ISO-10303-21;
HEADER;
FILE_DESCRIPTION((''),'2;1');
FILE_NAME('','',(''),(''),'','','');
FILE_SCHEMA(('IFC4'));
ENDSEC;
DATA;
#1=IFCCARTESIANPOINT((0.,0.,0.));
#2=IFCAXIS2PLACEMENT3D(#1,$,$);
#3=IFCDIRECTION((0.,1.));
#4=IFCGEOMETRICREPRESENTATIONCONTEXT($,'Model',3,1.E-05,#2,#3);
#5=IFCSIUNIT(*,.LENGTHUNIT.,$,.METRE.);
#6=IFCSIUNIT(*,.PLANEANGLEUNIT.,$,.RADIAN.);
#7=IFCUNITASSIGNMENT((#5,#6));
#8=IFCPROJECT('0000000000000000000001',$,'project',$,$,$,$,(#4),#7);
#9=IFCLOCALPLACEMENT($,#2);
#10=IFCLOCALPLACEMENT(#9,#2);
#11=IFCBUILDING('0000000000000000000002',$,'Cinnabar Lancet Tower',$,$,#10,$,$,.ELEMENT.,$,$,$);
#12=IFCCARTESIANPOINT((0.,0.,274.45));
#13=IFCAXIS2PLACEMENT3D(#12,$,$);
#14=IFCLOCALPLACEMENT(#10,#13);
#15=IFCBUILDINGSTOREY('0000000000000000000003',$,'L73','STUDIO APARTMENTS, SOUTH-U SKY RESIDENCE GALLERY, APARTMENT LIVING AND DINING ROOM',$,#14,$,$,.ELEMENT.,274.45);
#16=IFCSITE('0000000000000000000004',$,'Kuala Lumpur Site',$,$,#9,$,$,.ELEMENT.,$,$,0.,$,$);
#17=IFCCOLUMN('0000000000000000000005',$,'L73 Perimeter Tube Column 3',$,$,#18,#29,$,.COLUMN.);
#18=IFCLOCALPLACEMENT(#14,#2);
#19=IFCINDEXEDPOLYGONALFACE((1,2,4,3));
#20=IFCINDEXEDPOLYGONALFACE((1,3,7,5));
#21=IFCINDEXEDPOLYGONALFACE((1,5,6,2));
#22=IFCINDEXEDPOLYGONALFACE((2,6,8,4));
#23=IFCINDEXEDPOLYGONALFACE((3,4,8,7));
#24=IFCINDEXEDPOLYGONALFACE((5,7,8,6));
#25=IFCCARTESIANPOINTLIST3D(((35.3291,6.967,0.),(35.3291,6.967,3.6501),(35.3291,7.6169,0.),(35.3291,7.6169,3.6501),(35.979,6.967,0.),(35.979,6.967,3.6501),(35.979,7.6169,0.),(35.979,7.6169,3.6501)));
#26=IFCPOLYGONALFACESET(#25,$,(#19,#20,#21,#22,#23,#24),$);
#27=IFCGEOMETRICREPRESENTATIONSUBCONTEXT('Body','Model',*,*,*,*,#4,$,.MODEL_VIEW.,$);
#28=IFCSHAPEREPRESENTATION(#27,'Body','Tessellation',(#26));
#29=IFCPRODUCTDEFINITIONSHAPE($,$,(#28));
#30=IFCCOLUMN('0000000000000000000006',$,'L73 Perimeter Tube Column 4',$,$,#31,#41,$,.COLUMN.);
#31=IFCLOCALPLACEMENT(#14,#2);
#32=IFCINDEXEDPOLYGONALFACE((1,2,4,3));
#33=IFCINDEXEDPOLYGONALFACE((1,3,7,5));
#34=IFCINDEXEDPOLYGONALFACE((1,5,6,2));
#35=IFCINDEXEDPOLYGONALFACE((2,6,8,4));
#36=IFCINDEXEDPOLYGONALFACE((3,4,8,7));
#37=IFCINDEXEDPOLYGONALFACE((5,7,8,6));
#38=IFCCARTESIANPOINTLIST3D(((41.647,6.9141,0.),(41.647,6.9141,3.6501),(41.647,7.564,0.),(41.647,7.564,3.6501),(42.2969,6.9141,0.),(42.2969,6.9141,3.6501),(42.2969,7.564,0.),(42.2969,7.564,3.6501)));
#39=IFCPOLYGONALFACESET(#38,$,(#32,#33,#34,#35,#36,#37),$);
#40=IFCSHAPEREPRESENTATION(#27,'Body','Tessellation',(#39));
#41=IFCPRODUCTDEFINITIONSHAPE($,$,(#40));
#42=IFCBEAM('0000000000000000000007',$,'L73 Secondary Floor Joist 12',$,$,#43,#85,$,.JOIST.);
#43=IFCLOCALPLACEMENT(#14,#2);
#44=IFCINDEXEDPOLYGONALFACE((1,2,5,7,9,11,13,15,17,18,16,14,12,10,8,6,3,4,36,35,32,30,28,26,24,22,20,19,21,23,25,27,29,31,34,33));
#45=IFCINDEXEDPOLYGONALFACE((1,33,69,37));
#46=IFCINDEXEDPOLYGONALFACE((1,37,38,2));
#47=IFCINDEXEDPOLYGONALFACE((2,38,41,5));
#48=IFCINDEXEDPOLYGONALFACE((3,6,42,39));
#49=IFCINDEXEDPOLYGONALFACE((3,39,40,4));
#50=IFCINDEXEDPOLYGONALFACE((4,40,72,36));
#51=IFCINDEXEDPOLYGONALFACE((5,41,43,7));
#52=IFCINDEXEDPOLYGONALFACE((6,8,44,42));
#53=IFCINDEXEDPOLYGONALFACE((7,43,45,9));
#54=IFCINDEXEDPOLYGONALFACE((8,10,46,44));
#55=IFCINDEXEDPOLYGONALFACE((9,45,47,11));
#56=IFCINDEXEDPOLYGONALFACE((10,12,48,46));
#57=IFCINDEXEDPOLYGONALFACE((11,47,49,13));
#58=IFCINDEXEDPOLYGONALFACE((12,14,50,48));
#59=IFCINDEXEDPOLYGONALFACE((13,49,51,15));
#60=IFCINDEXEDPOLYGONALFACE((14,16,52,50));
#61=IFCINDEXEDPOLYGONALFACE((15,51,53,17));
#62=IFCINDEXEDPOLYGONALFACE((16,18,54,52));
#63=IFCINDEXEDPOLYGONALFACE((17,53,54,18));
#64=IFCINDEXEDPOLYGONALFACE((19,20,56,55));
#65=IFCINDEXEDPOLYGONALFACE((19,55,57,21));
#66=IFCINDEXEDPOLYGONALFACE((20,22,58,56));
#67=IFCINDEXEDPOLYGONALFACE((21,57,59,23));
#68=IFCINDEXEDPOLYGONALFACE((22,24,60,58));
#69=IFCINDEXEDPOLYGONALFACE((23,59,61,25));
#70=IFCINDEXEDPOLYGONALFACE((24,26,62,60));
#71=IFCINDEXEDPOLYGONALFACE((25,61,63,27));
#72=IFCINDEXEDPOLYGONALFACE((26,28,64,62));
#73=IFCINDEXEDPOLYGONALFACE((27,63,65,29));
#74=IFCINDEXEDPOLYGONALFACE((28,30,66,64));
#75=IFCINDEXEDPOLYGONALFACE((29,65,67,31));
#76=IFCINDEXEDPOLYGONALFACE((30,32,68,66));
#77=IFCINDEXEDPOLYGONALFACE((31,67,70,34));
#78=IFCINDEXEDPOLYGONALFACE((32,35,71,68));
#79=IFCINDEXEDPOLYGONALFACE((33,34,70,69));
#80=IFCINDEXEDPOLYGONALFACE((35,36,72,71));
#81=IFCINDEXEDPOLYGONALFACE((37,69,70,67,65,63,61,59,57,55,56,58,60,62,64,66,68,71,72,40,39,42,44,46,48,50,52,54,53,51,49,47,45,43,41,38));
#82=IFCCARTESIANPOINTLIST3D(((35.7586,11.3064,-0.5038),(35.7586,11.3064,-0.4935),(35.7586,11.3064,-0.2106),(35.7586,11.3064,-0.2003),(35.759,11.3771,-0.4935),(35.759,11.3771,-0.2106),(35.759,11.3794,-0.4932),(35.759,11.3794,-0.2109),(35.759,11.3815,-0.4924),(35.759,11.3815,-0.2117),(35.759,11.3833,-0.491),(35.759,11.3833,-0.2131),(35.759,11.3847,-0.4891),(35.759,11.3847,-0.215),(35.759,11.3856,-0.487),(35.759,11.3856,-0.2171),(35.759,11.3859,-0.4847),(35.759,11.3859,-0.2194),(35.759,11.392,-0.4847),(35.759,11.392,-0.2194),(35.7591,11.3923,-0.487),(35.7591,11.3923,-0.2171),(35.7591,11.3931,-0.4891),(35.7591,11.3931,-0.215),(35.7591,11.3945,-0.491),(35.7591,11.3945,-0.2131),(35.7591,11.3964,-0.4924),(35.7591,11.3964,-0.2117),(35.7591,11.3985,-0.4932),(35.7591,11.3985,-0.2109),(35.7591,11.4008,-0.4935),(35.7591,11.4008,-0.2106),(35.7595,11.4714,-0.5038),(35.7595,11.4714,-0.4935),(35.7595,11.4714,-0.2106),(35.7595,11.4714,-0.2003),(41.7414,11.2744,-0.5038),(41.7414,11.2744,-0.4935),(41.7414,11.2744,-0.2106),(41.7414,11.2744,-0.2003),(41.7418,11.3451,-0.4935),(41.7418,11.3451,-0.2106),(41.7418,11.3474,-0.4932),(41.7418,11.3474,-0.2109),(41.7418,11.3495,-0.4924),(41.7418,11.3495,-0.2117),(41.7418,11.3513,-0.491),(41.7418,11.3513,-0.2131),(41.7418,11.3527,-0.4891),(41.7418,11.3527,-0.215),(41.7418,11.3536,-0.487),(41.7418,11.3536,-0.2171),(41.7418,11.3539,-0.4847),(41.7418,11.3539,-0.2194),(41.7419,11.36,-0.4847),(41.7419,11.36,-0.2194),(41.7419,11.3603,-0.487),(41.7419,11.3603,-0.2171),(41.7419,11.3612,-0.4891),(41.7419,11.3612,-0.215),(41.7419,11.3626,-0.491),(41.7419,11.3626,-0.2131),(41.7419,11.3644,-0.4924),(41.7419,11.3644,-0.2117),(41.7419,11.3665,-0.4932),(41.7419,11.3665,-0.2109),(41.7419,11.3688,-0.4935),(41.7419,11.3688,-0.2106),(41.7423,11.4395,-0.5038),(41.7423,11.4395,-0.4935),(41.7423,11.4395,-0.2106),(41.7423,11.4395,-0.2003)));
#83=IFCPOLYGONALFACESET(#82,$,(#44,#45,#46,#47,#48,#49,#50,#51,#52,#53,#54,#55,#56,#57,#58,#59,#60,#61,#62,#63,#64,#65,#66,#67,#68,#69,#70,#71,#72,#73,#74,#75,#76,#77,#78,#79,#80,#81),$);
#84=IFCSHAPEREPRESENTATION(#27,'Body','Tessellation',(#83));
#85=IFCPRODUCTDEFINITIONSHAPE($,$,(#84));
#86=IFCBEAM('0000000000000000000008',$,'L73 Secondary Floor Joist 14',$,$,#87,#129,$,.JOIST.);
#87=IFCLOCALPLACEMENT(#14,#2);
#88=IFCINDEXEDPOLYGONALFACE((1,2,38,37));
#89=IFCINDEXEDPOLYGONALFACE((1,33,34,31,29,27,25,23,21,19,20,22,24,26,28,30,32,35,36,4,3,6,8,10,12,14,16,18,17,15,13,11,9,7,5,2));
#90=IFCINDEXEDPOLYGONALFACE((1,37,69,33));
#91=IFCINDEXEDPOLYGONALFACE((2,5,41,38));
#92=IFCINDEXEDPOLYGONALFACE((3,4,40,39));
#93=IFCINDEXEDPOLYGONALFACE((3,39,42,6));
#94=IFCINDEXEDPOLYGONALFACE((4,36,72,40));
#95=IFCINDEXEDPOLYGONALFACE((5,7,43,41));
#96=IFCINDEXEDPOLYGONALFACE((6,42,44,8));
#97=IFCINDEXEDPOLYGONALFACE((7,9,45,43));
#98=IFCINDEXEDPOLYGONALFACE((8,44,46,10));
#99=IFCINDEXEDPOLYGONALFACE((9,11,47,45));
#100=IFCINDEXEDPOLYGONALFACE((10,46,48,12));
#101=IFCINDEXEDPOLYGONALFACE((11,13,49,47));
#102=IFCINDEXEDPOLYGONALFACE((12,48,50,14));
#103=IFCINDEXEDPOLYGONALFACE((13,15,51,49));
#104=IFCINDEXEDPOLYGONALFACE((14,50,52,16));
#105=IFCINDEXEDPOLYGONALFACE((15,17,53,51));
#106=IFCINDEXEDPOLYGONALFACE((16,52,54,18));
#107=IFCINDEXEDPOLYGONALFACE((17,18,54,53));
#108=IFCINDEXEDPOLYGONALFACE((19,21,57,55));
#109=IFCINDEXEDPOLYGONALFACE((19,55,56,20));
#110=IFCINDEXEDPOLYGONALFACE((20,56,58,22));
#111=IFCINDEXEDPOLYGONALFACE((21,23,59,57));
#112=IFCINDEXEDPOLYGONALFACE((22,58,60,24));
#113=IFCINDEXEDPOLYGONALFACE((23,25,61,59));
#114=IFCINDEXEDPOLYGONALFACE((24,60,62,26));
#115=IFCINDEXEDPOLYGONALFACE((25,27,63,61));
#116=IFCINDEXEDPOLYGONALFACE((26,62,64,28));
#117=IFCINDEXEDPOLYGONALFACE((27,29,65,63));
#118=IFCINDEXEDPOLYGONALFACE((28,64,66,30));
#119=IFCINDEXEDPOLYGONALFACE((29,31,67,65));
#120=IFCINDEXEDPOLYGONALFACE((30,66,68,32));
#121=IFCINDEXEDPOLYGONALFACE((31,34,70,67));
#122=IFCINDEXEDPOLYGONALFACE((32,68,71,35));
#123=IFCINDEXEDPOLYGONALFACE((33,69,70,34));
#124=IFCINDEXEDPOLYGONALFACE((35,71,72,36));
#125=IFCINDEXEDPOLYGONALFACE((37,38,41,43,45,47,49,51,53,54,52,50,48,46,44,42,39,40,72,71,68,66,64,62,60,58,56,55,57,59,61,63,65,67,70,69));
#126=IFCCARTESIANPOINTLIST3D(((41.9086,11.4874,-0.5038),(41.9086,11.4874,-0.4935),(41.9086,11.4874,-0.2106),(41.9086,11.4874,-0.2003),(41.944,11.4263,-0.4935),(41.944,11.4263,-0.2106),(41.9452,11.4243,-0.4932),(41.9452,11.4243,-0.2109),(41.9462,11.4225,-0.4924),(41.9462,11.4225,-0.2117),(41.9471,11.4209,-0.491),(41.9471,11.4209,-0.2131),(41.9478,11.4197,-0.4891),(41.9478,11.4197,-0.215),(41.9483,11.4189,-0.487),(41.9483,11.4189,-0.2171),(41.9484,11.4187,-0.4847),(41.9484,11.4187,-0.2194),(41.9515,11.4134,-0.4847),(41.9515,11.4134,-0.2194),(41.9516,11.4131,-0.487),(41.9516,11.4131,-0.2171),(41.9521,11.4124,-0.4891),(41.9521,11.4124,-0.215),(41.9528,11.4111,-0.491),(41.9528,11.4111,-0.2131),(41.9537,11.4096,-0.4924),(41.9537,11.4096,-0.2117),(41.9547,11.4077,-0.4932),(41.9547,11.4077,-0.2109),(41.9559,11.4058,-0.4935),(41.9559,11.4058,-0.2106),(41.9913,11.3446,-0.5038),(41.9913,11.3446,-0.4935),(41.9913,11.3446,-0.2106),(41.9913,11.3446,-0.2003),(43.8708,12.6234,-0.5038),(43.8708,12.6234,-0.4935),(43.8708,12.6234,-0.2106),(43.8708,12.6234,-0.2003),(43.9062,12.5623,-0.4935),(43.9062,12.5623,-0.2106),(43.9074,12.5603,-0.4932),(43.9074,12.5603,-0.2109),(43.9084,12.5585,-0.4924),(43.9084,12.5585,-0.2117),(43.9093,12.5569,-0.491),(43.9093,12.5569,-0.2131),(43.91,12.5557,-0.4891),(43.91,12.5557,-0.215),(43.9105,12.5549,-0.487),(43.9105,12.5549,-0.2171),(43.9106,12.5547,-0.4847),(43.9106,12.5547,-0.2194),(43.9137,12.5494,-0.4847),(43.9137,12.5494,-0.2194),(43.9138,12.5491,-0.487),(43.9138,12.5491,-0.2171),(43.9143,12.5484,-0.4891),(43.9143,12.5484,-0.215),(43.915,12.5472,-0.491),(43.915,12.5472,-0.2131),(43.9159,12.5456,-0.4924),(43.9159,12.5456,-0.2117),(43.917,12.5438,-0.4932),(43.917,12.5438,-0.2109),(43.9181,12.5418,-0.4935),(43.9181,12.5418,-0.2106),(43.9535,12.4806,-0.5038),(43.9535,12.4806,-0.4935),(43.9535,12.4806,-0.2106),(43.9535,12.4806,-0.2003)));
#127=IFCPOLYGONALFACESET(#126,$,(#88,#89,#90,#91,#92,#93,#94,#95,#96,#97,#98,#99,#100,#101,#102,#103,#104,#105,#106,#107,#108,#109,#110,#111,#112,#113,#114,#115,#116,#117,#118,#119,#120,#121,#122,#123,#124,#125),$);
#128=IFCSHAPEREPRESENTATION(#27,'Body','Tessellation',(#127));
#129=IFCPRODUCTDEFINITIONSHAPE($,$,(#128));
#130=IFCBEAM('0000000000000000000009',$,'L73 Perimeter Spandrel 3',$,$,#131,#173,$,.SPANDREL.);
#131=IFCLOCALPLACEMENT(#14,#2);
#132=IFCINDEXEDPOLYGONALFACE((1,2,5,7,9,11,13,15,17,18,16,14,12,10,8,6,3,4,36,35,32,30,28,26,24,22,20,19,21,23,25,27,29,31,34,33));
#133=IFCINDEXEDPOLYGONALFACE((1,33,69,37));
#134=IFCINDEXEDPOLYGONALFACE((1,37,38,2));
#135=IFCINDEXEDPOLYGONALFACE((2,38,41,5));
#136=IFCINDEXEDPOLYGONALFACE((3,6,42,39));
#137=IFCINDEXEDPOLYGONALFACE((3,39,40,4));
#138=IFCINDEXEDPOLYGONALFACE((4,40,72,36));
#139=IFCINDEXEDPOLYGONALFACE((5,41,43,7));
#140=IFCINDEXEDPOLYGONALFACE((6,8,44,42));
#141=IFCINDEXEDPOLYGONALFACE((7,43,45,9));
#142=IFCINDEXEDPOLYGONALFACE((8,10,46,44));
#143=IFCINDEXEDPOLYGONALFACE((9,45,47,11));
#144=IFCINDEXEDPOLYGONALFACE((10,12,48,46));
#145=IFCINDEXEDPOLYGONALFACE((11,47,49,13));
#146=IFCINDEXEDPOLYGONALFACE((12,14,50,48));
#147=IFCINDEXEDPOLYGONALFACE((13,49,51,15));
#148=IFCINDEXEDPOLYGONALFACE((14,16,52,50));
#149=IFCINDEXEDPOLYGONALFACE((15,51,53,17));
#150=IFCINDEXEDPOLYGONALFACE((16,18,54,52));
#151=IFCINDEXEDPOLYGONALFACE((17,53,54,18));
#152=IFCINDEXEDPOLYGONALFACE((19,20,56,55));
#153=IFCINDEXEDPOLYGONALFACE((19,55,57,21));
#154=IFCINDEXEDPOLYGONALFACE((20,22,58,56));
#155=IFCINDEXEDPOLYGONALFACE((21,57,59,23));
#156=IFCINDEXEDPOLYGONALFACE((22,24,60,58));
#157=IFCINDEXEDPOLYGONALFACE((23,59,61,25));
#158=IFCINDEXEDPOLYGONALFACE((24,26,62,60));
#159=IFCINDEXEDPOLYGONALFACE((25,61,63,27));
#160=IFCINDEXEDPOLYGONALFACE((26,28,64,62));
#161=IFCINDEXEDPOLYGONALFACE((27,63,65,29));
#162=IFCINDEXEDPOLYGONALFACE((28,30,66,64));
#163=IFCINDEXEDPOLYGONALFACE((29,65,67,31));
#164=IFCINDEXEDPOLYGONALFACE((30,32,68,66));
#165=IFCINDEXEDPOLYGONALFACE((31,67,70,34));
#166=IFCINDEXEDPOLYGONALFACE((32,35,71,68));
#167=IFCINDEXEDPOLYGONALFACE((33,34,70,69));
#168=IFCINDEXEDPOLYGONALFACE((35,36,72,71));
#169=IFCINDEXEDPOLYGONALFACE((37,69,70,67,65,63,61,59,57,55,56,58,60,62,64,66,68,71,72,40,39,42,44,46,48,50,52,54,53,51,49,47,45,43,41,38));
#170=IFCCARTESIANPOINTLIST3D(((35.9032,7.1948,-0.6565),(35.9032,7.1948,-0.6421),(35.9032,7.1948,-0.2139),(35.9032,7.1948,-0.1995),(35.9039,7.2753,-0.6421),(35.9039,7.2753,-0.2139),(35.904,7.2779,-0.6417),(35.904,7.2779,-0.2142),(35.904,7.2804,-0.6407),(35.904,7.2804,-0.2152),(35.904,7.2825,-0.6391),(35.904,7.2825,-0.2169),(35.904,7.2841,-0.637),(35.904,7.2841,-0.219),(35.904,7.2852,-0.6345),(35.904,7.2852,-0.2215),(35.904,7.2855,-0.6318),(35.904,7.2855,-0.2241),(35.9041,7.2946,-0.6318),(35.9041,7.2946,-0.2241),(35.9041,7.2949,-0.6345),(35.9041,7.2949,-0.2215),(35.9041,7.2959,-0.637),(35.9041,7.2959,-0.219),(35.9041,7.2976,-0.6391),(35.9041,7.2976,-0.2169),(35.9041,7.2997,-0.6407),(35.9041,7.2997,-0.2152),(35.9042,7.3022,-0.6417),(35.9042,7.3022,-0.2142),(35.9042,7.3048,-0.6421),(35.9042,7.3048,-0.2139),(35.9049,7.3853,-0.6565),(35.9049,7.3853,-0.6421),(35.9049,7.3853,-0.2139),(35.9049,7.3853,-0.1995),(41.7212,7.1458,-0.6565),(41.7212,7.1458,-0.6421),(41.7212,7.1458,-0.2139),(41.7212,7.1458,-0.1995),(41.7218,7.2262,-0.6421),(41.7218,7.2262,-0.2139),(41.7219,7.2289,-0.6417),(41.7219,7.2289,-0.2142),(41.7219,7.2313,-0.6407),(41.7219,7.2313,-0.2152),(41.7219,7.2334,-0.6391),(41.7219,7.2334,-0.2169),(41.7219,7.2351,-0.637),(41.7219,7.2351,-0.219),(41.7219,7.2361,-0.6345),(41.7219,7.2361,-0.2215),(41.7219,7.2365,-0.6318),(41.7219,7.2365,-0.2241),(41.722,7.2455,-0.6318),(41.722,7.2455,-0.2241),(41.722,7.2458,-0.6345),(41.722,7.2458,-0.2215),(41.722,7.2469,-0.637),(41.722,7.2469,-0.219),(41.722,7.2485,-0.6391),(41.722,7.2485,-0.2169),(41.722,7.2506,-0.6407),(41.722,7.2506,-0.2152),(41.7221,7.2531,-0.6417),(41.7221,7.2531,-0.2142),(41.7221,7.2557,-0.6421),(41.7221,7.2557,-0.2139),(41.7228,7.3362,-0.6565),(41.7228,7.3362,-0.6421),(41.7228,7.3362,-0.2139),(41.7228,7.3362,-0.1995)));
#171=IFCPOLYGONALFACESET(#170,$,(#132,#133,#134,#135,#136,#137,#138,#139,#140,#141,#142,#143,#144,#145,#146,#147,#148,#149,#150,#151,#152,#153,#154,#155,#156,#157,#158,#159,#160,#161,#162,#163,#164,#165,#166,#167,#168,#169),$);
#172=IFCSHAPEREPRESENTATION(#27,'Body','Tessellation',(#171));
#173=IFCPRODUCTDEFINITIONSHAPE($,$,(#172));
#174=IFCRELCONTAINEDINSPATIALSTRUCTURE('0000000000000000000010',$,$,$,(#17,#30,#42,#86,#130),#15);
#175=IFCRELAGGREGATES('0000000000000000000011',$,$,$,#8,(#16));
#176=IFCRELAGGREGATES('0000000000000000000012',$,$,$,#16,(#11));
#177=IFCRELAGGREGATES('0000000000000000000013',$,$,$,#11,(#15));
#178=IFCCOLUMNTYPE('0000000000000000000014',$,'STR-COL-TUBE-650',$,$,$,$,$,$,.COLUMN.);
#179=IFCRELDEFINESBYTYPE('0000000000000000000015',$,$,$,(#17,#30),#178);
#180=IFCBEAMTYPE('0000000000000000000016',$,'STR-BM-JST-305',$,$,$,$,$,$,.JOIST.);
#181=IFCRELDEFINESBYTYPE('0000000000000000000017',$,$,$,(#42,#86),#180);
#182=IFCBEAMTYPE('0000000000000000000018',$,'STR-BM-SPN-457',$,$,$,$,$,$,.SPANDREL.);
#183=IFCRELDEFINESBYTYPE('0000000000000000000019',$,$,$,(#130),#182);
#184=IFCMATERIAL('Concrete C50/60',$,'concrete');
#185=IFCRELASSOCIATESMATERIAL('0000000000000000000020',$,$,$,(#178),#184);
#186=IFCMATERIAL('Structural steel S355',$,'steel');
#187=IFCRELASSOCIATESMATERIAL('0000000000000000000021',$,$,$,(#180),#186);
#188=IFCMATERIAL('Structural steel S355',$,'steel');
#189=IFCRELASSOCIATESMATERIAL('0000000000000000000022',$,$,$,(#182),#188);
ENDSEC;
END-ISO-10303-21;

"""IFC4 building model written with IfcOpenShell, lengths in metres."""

from ifc_helpers import new_model, si_unit, direction, frame, origin, origin_2d, place, context, subcontext, project, spatial, rectangle, i_section, extrude, material, material_profile, profile_set, type_object, element, save


model = new_model("IFC4")

# Units and contexts
model_context = context("Model", 3, precision=1e-05, world=origin(), true_north=direction((0.0, 1.0)))
body_context = subcontext(model_context, "Body", "Model", "MODEL_VIEW")
ifc_project = project(units=[si_unit("LENGTHUNIT", "METRE"), si_unit("PLANEANGLEUNIT", "RADIAN")], contexts=[model_context])

# Site, building, storey
site_placement = place(None, origin())
site = spatial("IfcSite", under=ifc_project, at=site_placement, Name="Kuala Lumpur Site", CompositionType="ELEMENT", RefElevation=0.0)
building_placement = place(site_placement, origin())
building = spatial("IfcBuilding", under=site, at=building_placement, Name="Cinnabar Lancet Tower", CompositionType="ELEMENT")
storey_placement = place(building_placement, frame((0.0, 0.0, 274.45)))
storey = spatial("IfcBuildingStorey", under=building, at=storey_placement, Name="L73", Description="STUDIO APARTMENTS, SOUTH-U SKY RESIDENCE GALLERY, APARTMENT LIVING AND DINING ROOM", CompositionType="ELEMENT", Elevation=274.45)

# Columns
ifc_material_1 = material(Name="Concrete C50/60", Category="concrete")
ifc_material_profile_1 = material_profile(ifc_material_1, rectangle(XDim=0.6499, YDim=0.6499, at=origin_2d()), Name="RC-COL 650x650")
ifc_profile_set_1 = profile_set([ifc_material_profile_1], Name="Concrete C50/60")
column_type = type_object("IfcColumnType", Name="STR-COL-TUBE-650", PredefinedType="COLUMN", material=ifc_profile_set_1)
for number, where, z_axis, x_axis, name in (
    (1, (35.6541, 7.292, 0.0), (0.0, 0.0, 1.0), (1.0, 0.0, 0.0), "L73 Perimeter Tube Column 3"),
    (2, (41.9719, 7.239, 0.0), (0.0, 0.0, 1.0), (1.0, 0.0, 0.0), "L73 Perimeter Tube Column 4"),
):
    element("IfcColumn", number, at=place(storey_placement, frame(where, z_axis=z_axis, x_axis=x_axis)), inside=storey, type_object=column_type, Name=name, PredefinedType="COLUMN", context=body_context, shape_type="SweptSolid", body=[
        extrude(rectangle(XDim=0.6499, YDim=0.6499, at=origin_2d()), origin(), (0.0, 0.0, 1.0), 3.6501),
    ])

# Beams
ifc_material_2 = material(Name="Structural steel S355", Category="steel")
ifc_material_profile_2 = material_profile(ifc_material_2, i_section(OverallWidth=0.165, OverallDepth=0.3035, WebThickness=0.0061, FlangeThickness=0.0103, FilletRadius=0.0088, at=origin_2d()), Name="UKB 305x165x40")
ifc_profile_set_2 = profile_set([ifc_material_profile_2], Name="Structural steel S355")
beam_type_1 = type_object("IfcBeamType", Name="STR-BM-JST-305", PredefinedType="JOIST", material=ifc_profile_set_2)
beam_1_placement = place(storey_placement, frame((35.759, 11.3889, -0.3521), z_axis=(0.999986, -0.005346, 0.0), x_axis=(0.005346, 0.999986, 0.0)))
element("IfcBeam", 3, at=beam_1_placement, inside=storey, type_object=beam_type_1, Name="L73 Secondary Floor Joist 12", PredefinedType="JOIST", context=body_context, shape_type="SweptSolid", body=[
    extrude(i_section(OverallWidth=0.165, OverallDepth=0.3035, WebThickness=0.0061, FlangeThickness=0.0103, FilletRadius=0.0088, at=origin_2d()), origin(), (0.0, 0.0, 1.0), 5.9829),
])
beam_2_placement = place(storey_placement, frame((41.95, 11.416, -0.3521), z_axis=(0.865426, 0.501036, 0.0), x_axis=(-0.501036, 0.865426, 0.0)))
element("IfcBeam", 4, at=beam_2_placement, inside=storey, type_object=beam_type_1, Name="L73 Secondary Floor Joist 14", PredefinedType="JOIST", context=body_context, shape_type="SweptSolid", body=[
    extrude(i_section(OverallWidth=0.165, OverallDepth=0.3035, WebThickness=0.0061, FlangeThickness=0.0103, FilletRadius=0.0088, at=origin_2d()), origin(), (0.0, 0.0, 1.0), 2.2673),
])
ifc_material_3 = material(Name="Structural steel S355", Category="steel")
ifc_material_profile_3 = material_profile(ifc_material_3, i_section(OverallWidth=0.1904, OverallDepth=0.457, WebThickness=0.009, FlangeThickness=0.0144, FilletRadius=0.0103, at=origin_2d()), Name="UKB 457x191x74")
ifc_profile_set_3 = profile_set([ifc_material_profile_3], Name="Structural steel S355")
beam_type_2 = type_object("IfcBeamType", Name="STR-BM-SPN-457", PredefinedType="SPANDREL", material=ifc_profile_set_3)
beam_3_placement = place(storey_placement, frame((35.9041, 7.29, -0.428), z_axis=(0.999964, -0.008434, 0.0), x_axis=(0.008434, 0.999964, 0.0)))
element("IfcBeam", 5, at=beam_3_placement, inside=storey, type_object=beam_type_2, Name="L73 Perimeter Spandrel 3", PredefinedType="SPANDREL", context=body_context, shape_type="SweptSolid", body=[
    extrude(i_section(OverallWidth=0.1904, OverallDepth=0.457, WebThickness=0.009, FlangeThickness=0.0144, FilletRadius=0.0103, at=origin_2d()), origin(), (0.0, 0.0, 1.0), 5.8181),
])

save(model, "model.ifc")
